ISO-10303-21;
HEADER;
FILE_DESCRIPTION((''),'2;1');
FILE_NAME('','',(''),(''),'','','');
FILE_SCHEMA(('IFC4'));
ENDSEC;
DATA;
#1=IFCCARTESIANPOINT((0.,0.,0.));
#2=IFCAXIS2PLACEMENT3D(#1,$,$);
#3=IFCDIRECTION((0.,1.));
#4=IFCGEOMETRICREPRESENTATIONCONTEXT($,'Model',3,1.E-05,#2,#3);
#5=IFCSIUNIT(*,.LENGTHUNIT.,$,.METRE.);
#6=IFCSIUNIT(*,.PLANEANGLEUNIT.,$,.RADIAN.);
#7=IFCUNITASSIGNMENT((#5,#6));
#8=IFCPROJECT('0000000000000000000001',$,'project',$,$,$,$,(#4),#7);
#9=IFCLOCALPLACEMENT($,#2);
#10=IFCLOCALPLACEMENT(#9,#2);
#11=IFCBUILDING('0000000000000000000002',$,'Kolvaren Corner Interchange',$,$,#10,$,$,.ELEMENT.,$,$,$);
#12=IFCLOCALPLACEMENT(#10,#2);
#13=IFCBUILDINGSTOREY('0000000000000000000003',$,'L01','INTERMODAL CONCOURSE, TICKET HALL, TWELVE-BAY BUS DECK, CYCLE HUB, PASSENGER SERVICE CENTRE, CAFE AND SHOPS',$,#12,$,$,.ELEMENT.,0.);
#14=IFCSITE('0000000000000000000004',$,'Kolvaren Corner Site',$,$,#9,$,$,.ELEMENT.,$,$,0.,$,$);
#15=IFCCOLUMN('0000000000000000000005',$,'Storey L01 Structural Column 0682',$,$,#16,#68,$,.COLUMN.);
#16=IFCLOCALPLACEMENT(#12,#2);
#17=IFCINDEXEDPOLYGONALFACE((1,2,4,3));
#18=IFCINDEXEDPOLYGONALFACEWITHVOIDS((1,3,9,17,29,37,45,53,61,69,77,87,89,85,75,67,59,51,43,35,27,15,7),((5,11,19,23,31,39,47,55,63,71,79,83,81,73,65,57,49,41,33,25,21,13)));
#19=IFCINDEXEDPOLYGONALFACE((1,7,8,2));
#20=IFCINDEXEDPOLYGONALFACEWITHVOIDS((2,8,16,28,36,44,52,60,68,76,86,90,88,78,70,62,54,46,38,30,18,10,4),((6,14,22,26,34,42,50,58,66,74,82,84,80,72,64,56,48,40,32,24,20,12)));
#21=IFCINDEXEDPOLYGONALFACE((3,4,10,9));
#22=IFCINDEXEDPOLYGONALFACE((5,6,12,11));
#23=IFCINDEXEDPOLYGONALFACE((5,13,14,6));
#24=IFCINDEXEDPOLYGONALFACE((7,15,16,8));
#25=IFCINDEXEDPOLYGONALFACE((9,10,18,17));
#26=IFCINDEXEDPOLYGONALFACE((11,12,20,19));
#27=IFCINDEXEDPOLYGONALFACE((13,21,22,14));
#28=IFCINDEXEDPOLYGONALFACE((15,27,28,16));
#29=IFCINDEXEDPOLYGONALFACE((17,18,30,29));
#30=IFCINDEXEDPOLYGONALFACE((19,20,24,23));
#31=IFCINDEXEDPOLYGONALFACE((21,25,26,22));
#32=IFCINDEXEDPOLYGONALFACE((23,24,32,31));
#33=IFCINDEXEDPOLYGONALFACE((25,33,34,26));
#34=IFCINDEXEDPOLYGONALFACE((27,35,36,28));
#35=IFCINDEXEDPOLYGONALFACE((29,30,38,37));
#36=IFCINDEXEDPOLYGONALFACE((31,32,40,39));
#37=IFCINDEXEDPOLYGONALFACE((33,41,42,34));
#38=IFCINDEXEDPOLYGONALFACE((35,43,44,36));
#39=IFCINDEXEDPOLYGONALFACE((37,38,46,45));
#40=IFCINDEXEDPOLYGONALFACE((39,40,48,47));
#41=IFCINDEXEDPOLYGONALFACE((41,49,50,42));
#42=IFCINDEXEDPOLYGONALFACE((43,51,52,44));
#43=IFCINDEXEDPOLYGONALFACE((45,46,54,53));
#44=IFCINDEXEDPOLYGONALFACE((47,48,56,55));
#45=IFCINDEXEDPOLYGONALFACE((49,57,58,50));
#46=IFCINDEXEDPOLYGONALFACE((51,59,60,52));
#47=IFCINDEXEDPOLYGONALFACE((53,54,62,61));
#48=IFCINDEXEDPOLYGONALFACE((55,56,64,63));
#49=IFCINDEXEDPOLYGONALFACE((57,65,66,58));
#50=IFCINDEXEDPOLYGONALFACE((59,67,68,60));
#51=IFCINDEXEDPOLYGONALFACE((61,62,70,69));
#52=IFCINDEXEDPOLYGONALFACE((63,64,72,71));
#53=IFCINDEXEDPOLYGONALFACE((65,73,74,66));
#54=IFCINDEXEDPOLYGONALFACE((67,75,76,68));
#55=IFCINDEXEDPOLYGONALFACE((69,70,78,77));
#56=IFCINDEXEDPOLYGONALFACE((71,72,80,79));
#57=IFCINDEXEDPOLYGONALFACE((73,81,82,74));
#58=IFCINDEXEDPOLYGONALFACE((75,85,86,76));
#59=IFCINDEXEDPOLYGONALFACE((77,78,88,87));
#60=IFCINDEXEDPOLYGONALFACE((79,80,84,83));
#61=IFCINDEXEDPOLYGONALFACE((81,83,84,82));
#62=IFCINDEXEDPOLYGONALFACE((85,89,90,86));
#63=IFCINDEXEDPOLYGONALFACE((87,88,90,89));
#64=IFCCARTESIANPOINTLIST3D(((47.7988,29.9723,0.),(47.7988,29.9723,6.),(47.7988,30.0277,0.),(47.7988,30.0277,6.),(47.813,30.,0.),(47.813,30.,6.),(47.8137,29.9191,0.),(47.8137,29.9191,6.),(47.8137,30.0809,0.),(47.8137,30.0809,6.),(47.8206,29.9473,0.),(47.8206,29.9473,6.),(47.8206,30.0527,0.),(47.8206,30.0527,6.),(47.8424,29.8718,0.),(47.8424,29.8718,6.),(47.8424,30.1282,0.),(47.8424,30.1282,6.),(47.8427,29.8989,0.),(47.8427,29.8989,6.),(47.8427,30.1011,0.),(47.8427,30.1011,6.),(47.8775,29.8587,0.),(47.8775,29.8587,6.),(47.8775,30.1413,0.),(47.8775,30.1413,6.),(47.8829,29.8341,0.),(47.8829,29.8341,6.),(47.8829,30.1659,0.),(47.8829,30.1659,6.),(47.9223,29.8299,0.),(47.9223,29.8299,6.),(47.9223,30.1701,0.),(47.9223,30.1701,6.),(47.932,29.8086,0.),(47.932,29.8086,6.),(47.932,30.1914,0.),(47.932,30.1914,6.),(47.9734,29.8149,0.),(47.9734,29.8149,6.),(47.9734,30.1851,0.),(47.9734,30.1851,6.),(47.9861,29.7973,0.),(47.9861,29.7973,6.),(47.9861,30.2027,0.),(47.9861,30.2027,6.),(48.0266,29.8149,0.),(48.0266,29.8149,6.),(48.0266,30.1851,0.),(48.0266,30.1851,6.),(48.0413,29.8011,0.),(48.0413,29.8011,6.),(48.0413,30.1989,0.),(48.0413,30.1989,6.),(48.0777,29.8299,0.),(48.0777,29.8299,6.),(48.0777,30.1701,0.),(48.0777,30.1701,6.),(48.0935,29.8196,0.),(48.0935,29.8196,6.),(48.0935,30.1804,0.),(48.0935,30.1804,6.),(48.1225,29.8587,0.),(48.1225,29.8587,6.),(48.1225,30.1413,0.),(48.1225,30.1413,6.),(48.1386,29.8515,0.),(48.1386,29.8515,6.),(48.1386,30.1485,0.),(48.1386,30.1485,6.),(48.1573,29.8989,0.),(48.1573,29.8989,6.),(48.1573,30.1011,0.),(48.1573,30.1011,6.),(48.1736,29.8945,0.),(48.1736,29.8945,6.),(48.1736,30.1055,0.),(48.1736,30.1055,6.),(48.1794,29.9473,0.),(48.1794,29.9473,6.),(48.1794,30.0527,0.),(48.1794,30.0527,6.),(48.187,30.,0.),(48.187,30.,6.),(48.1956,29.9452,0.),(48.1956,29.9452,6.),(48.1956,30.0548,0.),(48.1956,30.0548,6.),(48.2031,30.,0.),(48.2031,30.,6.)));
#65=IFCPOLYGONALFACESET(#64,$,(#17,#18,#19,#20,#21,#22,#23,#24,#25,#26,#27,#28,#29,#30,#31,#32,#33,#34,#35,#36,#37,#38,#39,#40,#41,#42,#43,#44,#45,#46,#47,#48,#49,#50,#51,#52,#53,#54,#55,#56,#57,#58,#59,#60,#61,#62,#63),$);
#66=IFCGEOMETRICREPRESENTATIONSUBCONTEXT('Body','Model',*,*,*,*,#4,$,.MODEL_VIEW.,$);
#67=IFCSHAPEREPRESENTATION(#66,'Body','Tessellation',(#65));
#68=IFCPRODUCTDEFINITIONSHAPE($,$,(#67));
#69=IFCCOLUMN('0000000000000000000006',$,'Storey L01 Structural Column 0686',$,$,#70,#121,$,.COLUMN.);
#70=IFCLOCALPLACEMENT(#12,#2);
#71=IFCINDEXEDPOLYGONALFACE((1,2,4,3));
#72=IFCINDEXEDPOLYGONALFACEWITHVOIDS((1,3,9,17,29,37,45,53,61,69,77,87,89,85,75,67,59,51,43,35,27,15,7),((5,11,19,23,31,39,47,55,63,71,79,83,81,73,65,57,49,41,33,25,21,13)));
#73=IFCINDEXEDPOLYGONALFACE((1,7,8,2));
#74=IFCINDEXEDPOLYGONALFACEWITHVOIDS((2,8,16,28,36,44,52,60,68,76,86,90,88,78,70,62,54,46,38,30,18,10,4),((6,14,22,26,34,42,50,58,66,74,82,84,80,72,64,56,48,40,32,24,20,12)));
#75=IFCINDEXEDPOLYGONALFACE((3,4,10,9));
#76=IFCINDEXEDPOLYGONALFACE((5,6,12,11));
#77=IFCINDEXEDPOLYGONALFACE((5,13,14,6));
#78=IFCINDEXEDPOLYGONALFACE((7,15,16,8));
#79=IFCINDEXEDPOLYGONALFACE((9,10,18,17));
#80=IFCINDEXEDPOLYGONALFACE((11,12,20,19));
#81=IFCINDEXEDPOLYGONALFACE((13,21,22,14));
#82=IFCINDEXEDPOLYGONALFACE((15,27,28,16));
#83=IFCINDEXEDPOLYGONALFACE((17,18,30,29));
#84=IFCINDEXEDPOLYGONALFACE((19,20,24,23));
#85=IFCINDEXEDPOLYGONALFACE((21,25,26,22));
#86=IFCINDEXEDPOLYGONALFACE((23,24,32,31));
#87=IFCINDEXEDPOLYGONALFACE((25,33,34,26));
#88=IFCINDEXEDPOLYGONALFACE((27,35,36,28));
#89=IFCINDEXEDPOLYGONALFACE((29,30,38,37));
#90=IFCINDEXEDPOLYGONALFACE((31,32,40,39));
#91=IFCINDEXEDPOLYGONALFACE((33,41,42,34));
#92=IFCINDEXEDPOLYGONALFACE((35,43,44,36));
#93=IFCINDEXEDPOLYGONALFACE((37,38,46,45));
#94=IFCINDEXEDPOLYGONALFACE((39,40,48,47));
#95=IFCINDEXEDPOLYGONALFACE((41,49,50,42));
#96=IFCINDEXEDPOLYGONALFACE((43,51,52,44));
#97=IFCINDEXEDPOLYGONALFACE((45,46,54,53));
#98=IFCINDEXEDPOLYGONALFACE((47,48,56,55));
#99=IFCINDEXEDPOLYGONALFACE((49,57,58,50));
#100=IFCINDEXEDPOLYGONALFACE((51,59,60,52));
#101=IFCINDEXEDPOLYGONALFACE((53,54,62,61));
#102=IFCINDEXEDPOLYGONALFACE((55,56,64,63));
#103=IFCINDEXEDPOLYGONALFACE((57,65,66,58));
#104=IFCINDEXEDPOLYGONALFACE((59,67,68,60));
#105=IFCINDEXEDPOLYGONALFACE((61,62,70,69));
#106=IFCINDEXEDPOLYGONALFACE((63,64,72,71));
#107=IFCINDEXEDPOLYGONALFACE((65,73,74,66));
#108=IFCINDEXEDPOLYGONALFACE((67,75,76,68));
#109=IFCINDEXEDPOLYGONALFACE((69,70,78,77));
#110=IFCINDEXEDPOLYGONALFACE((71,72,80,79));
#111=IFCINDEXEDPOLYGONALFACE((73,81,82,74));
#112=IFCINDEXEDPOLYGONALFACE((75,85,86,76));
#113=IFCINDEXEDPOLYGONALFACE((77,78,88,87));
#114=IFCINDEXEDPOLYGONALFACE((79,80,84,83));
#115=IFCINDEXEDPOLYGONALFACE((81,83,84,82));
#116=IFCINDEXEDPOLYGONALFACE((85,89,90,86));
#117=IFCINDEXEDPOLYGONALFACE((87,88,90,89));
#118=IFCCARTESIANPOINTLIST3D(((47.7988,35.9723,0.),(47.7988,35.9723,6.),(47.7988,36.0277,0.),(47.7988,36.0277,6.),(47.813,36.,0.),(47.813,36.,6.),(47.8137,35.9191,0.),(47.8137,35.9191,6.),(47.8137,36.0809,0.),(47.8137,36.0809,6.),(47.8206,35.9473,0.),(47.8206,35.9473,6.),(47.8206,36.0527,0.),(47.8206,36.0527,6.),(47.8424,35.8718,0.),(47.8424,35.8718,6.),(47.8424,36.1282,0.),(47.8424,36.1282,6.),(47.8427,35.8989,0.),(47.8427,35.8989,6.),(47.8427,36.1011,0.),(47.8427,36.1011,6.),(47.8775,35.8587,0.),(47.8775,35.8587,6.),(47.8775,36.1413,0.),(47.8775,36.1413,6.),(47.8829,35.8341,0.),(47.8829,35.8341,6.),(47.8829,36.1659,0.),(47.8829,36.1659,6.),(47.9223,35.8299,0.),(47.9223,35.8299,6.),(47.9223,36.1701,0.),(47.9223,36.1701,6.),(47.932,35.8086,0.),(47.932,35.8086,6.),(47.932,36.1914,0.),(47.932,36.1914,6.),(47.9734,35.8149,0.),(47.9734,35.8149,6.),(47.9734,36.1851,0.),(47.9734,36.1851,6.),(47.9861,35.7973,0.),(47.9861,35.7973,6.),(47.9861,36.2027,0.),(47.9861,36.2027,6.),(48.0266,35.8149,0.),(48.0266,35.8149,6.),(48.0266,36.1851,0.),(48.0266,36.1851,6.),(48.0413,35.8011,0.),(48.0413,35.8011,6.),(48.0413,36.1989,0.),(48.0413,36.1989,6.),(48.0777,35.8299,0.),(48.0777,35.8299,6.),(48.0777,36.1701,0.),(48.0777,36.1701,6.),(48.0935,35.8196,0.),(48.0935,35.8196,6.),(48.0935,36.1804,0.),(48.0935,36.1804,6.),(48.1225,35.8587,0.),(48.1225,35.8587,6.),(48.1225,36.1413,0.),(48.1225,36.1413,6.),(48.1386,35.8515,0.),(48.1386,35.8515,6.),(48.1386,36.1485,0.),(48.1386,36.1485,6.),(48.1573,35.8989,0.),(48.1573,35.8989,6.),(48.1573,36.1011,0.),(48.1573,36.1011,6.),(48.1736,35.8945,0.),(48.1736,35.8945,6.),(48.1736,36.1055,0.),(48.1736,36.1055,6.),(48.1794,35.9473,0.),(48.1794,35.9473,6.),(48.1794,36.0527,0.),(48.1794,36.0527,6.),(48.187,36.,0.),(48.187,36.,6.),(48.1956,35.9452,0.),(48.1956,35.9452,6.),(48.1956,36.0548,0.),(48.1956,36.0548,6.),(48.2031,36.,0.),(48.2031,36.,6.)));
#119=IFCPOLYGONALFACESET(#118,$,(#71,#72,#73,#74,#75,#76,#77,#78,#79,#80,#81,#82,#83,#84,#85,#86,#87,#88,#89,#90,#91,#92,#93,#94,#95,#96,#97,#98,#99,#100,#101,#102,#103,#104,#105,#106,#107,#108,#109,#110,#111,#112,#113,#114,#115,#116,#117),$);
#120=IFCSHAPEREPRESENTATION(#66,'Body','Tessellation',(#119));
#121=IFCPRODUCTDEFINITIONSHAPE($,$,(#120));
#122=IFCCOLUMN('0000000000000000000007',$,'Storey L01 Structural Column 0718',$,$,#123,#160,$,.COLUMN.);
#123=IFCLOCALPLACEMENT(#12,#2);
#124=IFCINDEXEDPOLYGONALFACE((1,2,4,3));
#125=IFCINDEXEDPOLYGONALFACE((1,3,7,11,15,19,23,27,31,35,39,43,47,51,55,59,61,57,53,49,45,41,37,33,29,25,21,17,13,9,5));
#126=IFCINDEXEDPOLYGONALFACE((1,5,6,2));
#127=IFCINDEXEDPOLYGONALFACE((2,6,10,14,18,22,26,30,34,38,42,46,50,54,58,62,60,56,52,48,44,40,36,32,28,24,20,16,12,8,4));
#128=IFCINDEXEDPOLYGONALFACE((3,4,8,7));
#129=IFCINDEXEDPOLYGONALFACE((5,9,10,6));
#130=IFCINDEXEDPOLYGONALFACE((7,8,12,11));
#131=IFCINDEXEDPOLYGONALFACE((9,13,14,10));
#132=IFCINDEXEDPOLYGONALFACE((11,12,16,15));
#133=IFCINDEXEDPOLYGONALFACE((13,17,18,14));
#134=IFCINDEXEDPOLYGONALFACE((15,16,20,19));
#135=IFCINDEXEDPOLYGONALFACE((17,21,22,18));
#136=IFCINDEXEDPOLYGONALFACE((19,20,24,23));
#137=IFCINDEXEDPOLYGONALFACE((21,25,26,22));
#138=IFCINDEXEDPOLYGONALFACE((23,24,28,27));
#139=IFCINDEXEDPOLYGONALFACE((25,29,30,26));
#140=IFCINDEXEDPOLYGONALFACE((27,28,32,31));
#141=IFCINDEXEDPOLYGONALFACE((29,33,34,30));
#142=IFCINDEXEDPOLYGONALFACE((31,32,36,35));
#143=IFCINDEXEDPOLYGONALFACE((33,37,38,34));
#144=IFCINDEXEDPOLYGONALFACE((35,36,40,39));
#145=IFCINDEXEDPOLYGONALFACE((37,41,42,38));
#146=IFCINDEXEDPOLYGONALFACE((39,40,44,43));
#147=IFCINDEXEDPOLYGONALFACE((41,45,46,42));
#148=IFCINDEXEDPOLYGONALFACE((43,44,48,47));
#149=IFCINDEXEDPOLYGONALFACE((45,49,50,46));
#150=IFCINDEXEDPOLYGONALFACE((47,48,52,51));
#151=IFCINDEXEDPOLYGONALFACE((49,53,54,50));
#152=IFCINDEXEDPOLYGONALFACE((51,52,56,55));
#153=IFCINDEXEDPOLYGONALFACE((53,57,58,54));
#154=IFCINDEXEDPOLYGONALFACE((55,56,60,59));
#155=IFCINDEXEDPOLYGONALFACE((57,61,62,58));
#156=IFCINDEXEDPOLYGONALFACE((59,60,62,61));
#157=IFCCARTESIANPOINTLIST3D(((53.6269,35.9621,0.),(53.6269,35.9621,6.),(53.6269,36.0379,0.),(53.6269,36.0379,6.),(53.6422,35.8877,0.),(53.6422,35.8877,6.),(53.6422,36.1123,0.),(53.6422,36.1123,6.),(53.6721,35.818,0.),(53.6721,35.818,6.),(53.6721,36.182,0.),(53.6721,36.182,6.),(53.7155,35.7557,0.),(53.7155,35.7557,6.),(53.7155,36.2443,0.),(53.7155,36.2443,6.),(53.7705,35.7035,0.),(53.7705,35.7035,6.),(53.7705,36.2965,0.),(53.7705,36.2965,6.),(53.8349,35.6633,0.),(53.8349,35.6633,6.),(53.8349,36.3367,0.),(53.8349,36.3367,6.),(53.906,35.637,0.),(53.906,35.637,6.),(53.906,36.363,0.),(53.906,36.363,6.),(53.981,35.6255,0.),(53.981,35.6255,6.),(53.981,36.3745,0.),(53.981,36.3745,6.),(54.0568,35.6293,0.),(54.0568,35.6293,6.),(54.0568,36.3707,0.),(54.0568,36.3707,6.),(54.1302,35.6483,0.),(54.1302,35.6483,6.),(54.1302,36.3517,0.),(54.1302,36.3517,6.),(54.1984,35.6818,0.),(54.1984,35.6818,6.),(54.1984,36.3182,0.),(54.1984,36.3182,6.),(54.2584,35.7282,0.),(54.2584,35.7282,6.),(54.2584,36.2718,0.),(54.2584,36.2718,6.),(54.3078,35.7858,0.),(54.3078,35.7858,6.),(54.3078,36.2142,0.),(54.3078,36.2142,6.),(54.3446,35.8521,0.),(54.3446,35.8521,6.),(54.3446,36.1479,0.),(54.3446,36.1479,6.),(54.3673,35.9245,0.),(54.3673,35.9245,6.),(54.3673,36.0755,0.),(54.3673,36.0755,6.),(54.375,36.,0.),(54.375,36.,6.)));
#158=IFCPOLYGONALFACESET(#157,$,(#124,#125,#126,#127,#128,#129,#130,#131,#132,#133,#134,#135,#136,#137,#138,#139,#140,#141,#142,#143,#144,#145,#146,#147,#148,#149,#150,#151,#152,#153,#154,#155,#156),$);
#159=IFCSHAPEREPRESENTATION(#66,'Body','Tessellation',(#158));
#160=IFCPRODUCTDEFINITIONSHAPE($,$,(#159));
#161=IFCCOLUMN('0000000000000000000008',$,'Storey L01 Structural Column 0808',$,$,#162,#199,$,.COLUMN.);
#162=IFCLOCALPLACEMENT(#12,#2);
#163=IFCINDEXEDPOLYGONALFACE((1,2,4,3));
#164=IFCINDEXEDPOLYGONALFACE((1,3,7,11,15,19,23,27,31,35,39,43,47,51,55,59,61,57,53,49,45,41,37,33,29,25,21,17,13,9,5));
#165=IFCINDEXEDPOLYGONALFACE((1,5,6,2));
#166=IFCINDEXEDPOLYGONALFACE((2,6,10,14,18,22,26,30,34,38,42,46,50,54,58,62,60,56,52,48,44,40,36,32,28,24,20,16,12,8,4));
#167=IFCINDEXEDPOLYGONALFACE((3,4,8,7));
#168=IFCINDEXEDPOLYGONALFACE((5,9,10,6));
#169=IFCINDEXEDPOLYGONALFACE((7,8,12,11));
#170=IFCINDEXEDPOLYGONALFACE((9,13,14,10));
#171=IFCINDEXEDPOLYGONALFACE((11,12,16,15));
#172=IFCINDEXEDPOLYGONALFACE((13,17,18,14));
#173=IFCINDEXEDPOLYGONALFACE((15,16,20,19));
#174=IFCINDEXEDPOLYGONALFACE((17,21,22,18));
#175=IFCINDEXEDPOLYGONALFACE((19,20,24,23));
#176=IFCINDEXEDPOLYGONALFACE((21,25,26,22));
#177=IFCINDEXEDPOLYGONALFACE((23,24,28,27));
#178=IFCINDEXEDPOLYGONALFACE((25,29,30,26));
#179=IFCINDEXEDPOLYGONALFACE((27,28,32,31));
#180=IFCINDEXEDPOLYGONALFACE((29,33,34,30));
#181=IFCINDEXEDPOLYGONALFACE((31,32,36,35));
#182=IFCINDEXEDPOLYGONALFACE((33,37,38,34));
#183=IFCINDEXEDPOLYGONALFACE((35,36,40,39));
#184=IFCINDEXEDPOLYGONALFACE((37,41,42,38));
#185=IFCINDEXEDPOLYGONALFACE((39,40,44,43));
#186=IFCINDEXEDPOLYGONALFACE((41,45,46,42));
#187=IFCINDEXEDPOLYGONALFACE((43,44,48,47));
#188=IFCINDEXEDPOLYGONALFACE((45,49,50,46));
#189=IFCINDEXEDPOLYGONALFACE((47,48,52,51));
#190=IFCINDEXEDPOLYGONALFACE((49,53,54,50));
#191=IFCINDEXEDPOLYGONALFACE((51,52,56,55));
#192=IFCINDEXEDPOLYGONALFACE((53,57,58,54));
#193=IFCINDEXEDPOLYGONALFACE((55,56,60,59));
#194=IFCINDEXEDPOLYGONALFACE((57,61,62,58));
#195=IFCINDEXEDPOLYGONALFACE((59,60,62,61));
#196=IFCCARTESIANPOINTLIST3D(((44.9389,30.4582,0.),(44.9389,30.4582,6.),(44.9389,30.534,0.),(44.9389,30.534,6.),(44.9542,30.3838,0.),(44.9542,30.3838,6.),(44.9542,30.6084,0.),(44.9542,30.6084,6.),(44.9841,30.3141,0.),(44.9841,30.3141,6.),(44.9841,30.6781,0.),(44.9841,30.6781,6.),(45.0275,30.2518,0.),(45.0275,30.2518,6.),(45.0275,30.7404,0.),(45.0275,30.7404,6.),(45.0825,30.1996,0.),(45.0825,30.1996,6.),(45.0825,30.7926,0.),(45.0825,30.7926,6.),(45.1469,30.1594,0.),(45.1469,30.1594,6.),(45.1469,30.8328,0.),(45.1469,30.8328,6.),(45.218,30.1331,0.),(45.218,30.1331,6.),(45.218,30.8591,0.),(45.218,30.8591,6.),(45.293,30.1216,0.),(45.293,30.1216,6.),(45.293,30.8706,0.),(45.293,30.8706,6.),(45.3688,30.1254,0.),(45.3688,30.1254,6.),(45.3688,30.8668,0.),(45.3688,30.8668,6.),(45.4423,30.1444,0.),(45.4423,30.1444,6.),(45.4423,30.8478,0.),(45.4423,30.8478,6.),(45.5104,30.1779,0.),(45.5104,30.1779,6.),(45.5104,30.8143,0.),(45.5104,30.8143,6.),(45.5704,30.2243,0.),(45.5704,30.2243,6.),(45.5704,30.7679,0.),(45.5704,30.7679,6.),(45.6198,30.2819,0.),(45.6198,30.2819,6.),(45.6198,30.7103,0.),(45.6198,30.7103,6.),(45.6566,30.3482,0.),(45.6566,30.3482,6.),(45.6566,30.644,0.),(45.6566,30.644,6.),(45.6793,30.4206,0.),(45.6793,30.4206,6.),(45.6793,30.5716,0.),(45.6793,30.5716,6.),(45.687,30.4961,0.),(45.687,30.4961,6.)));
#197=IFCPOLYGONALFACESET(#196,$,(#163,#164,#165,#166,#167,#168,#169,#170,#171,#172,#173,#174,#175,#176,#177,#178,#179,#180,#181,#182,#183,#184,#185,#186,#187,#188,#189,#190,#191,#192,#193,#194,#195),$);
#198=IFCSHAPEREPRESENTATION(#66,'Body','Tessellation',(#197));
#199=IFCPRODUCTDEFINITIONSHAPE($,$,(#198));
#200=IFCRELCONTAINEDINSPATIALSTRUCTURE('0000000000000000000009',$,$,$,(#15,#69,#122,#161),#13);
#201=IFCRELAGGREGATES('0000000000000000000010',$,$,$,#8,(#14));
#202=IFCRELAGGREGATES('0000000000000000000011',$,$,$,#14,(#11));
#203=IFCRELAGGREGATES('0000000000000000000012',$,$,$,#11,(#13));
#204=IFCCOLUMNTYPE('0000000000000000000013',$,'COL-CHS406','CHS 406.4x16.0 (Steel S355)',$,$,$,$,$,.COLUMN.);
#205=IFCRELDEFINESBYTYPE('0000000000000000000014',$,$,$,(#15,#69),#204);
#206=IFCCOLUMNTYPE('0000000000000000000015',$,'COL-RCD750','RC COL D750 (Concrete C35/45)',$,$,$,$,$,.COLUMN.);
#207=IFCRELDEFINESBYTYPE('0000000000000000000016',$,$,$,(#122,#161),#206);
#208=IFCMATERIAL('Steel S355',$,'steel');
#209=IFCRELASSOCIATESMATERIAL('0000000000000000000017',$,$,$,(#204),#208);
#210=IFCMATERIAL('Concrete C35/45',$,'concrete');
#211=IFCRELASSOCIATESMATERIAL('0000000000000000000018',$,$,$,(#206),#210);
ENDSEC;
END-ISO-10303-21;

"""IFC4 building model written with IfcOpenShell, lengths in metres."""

from ifc_helpers import new_model, si_unit, direction, frame, origin, origin_2d, place, context, subcontext, project, spatial, circle, hollow_circle, extrude, material, material_profile, profile_set, type_object, element, save


model = new_model("IFC4")

# Units and contexts
model_context = context("Model", 3, precision=1e-05, world=origin(), true_north=direction((0.0, 1.0)))
body_context = subcontext(model_context, "Body", "Model", "MODEL_VIEW")
ifc_project = project(units=[si_unit("LENGTHUNIT", "METRE"), si_unit("PLANEANGLEUNIT", "RADIAN")], contexts=[model_context])

# Site, building, storey
site_placement = place(None, origin())
site = spatial("IfcSite", under=ifc_project, at=site_placement, Name="Kolvaren Corner Site", CompositionType="ELEMENT", RefElevation=0.0)
building_placement = place(site_placement, origin())
building = spatial("IfcBuilding", under=site, at=building_placement, Name="Kolvaren Corner Interchange", CompositionType="ELEMENT")
storey_placement = place(building_placement, origin())
storey = spatial("IfcBuildingStorey", under=building, at=storey_placement, Name="L01", Description="INTERMODAL CONCOURSE, TICKET HALL, TWELVE-BAY BUS DECK, CYCLE HUB, PASSENGER SERVICE CENTRE, CAFE AND SHOPS", CompositionType="ELEMENT", Elevation=0.0)

# Columns
ifc_material_1 = material(Name="Steel S355", Category="steel")
ifc_material_profile_1 = material_profile(ifc_material_1, hollow_circle(Radius=0.2031, WallThickness=0.0161, at=origin_2d()), Name="CHS 406.4x16.0")
ifc_profile_set_1 = profile_set([ifc_material_profile_1], Name="Steel S355")
column_type_1 = type_object("IfcColumnType", Name="COL-CHS406", Description="CHS 406.4x16.0 (Steel S355)", PredefinedType="COLUMN", material=ifc_profile_set_1)
for number, where, z_axis, x_axis, name in (
    (1, (48.0, 30.0, 0.0), (0.0, 0.0, 1.0), (1.0, 0.0, 0.0), "Storey L01 Structural Column 0682"),
    (2, (48.0, 36.0, 0.0), (0.0, 0.0, 1.0), (1.0, 0.0, 0.0), "Storey L01 Structural Column 0686"),
):
    element("IfcColumn", number, at=place(storey_placement, frame(where, z_axis=z_axis, x_axis=x_axis)), inside=storey, type_object=column_type_1, Name=name, PredefinedType="COLUMN", context=body_context, shape_type="SweptSolid", body=[
        extrude(hollow_circle(Radius=0.2031, WallThickness=0.0161, at=origin_2d()), origin(), (0.0, 0.0, 1.0), 6.0),
    ])
ifc_material_2 = material(Name="Concrete C35/45", Category="concrete")
ifc_material_profile_2 = material_profile(ifc_material_2, circle(Radius=0.375, at=origin_2d()), Name="RC COL D750")
ifc_profile_set_2 = profile_set([ifc_material_profile_2], Name="Concrete C35/45")
column_type_2 = type_object("IfcColumnType", Name="COL-RCD750", Description="RC COL D750 (Concrete C35/45)", PredefinedType="COLUMN", material=ifc_profile_set_2)
for number, where, z_axis, x_axis, name in (
    (3, (54.0, 36.0, 0.0), (0.0, 0.0, 1.0), (1.0, 0.0, 0.0), "Storey L01 Structural Column 0718"),
    (4, (45.312, 30.4961, 0.0), (0.0, 0.0, 1.0), (1.0, 0.0, 0.0), "Storey L01 Structural Column 0808"),
):
    element("IfcColumn", number, at=place(storey_placement, frame(where, z_axis=z_axis, x_axis=x_axis)), inside=storey, type_object=column_type_2, Name=name, PredefinedType="COLUMN", context=body_context, shape_type="SweptSolid", body=[
        extrude(circle(Radius=0.375, at=origin_2d()), origin(), (0.0, 0.0, 1.0), 6.0),
    ])

save(model, "model.ifc")
